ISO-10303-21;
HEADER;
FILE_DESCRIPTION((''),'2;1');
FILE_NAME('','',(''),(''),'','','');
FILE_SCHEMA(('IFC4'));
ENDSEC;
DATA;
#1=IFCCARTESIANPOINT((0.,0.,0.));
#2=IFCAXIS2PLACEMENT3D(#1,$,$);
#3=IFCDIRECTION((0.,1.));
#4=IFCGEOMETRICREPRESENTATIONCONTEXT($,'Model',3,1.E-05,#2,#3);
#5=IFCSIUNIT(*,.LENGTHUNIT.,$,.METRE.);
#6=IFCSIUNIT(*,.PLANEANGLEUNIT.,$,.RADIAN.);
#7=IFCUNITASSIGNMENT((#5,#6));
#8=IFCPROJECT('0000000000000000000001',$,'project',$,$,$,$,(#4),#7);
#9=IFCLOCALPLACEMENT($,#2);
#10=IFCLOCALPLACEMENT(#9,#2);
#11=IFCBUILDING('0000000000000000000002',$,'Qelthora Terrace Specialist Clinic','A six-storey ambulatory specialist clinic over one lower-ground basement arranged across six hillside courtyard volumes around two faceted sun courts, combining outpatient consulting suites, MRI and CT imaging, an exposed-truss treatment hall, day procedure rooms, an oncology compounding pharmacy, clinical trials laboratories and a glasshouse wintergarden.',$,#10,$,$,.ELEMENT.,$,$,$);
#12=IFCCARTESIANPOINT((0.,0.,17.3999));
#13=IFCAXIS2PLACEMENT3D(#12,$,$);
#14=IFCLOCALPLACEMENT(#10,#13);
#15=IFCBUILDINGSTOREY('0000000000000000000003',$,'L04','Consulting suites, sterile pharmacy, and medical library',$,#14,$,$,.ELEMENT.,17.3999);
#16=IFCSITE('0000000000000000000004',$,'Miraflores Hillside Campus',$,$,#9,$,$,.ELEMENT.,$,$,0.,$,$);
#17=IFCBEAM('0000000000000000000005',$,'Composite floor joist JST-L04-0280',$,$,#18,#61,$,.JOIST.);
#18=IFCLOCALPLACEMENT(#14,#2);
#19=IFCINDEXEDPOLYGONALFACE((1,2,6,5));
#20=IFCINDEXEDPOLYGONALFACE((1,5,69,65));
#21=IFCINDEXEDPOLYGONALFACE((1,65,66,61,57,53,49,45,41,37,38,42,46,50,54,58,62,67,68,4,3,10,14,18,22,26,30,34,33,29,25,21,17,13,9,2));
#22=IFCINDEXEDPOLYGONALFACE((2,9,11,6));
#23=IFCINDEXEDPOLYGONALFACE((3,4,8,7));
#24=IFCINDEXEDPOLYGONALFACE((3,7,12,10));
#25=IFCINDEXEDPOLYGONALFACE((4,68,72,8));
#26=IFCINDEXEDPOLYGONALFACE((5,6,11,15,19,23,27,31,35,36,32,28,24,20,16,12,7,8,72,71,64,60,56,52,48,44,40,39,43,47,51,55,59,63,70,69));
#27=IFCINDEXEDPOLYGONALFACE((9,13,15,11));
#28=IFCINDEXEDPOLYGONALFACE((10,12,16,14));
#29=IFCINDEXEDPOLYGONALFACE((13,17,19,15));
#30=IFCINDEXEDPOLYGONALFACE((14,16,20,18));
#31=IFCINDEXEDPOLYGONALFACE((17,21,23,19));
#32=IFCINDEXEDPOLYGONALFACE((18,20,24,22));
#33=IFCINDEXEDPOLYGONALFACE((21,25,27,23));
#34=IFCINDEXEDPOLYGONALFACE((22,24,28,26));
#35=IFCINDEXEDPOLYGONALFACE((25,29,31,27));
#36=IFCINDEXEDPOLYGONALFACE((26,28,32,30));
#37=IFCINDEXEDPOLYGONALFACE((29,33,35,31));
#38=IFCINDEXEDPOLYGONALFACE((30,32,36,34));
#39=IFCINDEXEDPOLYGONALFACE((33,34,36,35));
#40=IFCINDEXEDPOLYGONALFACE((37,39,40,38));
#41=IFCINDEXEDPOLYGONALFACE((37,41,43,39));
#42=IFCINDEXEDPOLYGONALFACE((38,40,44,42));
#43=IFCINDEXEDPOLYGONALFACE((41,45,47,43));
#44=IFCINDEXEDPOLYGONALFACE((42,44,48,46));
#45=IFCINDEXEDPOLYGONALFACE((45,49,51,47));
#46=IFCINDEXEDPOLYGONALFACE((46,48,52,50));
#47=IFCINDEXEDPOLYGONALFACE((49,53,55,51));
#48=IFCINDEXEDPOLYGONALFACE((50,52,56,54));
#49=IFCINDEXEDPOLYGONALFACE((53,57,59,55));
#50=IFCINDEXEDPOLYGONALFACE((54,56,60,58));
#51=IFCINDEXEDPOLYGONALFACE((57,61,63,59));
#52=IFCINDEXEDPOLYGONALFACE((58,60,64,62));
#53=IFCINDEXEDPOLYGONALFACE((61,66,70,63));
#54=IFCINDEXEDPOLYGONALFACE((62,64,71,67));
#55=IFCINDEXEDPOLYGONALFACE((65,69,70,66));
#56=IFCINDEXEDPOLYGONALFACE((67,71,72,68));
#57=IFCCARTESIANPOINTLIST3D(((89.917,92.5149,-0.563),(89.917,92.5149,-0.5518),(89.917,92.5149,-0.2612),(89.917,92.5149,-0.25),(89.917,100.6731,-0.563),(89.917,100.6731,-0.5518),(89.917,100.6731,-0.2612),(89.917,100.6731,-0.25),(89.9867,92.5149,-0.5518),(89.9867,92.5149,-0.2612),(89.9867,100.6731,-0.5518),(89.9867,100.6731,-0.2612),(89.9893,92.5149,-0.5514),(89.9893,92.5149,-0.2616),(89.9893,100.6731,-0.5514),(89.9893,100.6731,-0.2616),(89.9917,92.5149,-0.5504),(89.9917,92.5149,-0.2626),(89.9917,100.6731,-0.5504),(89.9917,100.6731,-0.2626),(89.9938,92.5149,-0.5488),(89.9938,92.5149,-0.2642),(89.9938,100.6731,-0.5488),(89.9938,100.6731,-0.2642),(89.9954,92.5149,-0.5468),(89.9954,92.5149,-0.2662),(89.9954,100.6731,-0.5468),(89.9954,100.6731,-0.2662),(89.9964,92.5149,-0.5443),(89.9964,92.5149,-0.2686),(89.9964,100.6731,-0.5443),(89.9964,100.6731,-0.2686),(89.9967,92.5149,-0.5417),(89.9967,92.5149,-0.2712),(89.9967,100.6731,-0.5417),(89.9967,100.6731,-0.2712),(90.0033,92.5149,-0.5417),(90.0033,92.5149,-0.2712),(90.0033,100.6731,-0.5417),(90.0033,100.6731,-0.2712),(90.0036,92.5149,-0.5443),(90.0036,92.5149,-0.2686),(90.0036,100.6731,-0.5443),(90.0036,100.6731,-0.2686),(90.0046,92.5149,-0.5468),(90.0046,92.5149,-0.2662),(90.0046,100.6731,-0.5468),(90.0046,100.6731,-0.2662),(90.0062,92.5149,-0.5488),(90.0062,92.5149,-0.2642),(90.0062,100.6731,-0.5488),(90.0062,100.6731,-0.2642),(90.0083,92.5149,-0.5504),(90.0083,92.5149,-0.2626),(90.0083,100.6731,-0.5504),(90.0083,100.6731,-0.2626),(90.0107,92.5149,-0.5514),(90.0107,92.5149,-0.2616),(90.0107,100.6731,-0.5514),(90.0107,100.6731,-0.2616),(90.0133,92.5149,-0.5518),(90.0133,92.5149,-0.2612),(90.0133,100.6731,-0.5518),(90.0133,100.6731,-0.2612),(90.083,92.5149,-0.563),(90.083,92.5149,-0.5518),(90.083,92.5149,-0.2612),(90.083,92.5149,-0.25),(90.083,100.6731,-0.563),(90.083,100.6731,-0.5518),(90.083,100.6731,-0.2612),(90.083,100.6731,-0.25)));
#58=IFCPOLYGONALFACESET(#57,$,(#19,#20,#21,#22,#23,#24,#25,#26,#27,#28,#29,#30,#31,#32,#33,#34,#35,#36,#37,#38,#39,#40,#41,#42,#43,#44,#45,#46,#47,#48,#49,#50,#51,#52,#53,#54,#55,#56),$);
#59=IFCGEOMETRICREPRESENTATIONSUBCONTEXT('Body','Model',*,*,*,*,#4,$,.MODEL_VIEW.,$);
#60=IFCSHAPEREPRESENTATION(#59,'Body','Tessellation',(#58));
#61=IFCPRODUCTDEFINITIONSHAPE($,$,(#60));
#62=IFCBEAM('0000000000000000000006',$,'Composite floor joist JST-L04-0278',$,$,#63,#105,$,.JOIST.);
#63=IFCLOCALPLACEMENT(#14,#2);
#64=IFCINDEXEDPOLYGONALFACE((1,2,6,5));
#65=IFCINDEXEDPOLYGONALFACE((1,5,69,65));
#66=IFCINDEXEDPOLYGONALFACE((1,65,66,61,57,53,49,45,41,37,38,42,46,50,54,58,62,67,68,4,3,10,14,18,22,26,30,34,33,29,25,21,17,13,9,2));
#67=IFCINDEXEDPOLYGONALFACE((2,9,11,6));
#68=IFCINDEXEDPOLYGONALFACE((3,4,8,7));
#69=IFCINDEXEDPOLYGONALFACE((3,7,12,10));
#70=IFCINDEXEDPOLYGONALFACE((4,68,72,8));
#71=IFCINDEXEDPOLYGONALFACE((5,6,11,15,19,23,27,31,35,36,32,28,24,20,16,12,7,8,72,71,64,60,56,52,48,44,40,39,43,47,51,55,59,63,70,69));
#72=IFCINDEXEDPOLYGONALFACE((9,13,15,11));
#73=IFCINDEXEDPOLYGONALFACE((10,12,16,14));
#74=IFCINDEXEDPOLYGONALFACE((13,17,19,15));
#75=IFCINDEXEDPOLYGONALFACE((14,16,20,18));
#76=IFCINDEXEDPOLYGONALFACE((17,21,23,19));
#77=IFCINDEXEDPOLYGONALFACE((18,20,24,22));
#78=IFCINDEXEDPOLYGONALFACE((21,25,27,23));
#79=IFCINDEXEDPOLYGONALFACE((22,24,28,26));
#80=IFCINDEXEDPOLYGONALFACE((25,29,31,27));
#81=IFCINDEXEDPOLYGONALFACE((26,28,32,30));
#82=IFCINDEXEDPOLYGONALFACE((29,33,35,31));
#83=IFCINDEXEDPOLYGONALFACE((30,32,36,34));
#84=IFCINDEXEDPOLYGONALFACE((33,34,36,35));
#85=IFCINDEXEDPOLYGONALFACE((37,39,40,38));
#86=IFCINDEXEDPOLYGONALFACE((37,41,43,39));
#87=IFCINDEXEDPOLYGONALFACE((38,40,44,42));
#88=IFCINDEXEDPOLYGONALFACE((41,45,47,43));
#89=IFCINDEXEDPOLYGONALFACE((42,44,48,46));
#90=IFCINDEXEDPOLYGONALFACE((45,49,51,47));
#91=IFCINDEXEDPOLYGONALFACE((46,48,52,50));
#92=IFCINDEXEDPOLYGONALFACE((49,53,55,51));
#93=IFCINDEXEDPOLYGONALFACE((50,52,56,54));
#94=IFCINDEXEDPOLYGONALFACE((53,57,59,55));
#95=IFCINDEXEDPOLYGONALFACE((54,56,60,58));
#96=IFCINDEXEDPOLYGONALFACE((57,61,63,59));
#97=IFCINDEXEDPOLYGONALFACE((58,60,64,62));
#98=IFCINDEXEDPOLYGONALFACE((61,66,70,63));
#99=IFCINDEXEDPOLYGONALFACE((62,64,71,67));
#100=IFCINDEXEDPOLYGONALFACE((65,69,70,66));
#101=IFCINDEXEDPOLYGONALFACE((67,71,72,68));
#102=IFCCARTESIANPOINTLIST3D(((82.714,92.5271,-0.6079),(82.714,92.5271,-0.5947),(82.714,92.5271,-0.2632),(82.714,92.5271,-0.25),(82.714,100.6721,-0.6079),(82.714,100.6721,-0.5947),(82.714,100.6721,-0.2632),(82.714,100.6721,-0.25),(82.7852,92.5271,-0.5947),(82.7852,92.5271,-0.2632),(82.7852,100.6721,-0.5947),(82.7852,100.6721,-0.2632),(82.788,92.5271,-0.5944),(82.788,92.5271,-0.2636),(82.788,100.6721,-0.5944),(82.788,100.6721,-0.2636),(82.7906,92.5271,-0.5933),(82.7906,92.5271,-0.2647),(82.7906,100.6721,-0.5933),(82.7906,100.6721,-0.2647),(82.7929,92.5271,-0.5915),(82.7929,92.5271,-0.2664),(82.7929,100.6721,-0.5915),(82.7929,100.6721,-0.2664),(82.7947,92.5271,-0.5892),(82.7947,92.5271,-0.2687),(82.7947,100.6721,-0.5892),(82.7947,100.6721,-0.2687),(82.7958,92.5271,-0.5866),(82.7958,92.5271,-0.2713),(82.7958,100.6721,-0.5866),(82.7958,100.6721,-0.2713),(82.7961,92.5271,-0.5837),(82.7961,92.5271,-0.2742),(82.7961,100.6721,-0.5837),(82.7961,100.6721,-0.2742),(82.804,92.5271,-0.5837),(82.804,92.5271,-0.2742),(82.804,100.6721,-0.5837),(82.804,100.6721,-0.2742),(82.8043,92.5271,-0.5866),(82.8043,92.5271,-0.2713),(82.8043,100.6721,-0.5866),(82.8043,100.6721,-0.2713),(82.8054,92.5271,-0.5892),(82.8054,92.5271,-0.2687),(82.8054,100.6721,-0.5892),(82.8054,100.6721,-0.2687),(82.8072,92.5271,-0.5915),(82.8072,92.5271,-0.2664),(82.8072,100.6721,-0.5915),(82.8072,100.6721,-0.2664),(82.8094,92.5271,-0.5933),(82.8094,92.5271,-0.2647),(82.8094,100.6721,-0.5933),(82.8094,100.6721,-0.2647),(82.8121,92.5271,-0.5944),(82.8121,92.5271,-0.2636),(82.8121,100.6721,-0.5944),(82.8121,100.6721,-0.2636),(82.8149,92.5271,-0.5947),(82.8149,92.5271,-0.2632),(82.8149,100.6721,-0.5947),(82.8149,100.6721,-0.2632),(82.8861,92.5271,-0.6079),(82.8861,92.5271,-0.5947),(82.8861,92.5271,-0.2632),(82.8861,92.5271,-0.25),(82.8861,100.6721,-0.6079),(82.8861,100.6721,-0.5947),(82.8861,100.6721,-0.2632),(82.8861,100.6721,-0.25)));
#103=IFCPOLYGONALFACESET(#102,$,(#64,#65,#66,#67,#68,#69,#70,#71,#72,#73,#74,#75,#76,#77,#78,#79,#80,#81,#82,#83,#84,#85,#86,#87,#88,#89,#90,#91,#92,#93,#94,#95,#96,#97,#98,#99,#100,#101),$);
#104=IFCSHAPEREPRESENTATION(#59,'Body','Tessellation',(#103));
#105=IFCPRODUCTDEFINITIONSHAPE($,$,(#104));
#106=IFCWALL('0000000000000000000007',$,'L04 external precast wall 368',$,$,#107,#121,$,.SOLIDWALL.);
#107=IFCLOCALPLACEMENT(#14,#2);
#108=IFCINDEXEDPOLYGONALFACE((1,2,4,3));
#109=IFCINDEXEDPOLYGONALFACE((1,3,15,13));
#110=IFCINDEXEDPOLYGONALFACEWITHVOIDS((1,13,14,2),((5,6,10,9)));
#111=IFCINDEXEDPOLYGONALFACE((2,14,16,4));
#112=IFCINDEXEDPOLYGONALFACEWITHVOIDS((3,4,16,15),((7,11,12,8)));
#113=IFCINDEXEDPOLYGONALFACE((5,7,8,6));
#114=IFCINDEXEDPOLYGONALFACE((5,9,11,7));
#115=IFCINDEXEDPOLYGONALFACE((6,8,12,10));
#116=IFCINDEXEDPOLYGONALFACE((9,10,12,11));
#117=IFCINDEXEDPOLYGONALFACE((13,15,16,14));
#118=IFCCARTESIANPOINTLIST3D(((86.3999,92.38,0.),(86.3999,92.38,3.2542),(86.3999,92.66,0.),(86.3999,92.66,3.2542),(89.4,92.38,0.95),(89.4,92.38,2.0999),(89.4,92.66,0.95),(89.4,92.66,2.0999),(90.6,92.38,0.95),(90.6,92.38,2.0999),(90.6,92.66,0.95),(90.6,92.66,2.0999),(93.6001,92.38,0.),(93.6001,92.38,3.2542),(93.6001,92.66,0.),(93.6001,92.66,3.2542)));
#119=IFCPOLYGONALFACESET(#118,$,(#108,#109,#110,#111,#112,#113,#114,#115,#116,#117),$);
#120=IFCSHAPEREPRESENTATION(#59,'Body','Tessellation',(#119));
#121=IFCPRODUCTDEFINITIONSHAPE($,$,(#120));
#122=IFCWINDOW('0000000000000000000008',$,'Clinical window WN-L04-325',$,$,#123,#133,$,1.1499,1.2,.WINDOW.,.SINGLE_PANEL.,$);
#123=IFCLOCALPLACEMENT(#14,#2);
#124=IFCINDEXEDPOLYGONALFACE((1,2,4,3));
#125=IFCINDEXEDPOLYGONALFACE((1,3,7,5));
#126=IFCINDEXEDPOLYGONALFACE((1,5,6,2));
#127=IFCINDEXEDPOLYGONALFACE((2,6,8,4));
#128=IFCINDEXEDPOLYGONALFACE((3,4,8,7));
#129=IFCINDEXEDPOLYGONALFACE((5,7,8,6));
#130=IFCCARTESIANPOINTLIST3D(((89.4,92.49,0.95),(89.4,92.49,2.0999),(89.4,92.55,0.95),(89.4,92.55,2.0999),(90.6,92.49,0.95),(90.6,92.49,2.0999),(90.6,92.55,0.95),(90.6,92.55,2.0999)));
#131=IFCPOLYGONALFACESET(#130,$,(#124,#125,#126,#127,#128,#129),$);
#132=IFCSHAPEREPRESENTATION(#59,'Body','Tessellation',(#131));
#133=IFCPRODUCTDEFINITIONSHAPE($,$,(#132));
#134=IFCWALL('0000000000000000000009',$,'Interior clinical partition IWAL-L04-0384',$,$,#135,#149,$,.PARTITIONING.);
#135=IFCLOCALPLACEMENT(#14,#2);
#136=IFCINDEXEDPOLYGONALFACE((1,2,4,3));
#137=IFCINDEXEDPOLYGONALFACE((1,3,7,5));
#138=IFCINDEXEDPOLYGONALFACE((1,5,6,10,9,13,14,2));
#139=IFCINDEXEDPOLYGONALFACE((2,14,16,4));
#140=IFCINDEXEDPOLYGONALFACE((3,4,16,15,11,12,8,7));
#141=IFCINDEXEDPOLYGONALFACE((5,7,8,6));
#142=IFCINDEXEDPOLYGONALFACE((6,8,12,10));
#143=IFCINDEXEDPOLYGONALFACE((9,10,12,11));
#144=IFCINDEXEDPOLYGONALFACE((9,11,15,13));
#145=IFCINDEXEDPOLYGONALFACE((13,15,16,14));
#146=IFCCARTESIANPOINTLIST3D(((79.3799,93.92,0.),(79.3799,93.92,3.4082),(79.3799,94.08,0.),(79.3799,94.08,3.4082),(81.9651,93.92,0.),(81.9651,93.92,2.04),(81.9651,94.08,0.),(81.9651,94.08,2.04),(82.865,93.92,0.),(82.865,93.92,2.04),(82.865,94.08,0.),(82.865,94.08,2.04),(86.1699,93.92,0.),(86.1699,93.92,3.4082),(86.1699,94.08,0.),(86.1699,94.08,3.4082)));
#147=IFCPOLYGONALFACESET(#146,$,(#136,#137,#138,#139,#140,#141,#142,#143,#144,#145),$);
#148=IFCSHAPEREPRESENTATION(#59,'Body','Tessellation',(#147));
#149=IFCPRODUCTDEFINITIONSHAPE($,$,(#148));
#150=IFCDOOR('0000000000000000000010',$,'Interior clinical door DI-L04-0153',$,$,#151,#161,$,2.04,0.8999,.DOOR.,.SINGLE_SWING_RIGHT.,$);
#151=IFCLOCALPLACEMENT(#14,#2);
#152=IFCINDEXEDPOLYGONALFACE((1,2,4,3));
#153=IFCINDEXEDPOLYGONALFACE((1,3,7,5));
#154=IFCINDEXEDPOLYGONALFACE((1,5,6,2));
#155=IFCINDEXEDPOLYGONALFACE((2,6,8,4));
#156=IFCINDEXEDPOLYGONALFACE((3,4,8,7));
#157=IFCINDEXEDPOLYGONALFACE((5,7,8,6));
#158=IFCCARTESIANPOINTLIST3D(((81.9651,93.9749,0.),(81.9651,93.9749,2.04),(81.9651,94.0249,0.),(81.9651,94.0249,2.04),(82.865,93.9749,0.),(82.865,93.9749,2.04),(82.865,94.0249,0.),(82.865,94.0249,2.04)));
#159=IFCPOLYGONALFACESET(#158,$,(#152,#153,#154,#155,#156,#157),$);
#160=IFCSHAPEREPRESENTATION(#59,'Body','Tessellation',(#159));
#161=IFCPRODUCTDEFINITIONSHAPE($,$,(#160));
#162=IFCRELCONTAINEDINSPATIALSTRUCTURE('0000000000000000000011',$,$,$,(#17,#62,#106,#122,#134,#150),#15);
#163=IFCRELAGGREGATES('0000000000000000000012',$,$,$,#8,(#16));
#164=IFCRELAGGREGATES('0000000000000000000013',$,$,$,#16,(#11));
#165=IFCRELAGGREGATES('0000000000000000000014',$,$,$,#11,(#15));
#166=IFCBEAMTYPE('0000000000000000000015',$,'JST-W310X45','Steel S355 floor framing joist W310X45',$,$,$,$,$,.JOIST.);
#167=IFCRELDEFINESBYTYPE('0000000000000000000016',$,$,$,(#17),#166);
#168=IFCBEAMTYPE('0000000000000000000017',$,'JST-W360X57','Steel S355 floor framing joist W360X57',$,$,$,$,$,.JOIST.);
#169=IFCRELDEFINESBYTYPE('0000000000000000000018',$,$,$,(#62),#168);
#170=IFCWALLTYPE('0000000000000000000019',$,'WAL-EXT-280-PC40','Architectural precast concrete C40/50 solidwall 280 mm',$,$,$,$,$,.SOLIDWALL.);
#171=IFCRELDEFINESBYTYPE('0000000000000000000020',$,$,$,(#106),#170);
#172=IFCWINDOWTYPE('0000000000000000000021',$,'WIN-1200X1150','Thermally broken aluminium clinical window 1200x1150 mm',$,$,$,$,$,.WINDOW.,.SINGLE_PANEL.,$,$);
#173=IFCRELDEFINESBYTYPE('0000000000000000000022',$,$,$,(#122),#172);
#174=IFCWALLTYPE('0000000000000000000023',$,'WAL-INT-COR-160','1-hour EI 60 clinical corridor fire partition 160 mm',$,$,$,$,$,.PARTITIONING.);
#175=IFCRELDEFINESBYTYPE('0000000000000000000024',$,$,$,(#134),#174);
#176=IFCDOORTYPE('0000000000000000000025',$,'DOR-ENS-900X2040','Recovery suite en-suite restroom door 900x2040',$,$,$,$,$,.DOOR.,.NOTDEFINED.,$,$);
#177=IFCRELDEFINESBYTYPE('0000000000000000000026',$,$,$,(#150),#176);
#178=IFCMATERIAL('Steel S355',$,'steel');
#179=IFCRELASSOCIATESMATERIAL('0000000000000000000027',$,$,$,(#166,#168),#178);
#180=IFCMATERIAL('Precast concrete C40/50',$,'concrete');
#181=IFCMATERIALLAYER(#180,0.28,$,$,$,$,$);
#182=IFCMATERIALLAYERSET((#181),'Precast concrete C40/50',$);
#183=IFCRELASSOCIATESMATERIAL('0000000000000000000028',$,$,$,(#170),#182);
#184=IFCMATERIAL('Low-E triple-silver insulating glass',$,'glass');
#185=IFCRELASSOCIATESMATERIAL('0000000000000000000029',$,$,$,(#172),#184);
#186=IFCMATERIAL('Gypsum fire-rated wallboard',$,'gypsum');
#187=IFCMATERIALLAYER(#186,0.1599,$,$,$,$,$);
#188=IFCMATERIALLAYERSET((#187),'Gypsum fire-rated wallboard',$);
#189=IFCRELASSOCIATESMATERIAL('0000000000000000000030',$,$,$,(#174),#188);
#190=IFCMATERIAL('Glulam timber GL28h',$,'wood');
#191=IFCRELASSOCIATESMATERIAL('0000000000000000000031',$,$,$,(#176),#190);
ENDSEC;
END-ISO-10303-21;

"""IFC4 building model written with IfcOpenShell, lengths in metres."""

from ifc_helpers import new_model, si_unit, direction, frame, frame_2d, origin, origin_2d, place, context, subcontext, project, spatial, rectangle, i_section, extrude, material, layer, layer_set, material_profile, profile_set, type_object, element, fill, save


model = new_model("IFC4")

# Units and contexts
model_context = context("Model", 3, precision=1e-05, world=origin(), true_north=direction((0.0, 1.0)))
body_context = subcontext(model_context, "Body", "Model", "MODEL_VIEW")
ifc_project = project(units=[si_unit("LENGTHUNIT", "METRE"), si_unit("PLANEANGLEUNIT", "RADIAN")], contexts=[model_context])

# Site, building, storey
site_placement = place(None, origin())
site = spatial("IfcSite", under=ifc_project, at=site_placement, Name="Miraflores Hillside Campus", CompositionType="ELEMENT", RefElevation=0.0)
building_placement = place(site_placement, origin())
building = spatial("IfcBuilding", under=site, at=building_placement, Name="Qelthora Terrace Specialist Clinic", Description="A six-storey ambulatory specialist clinic over one lower-ground basement arranged across six hillside courtyard volumes around two faceted sun courts, combining outpatient consulting suites, MRI and CT imaging, an exposed-truss treatment hall, day procedure rooms, an oncology compounding pharmacy, clinical trials laboratories and a glasshouse wintergarden.", CompositionType="ELEMENT")
storey_placement = place(building_placement, frame((0.0, 0.0, 17.3999)))
storey = spatial("IfcBuildingStorey", under=building, at=storey_placement, Name="L04", Description="Consulting suites, sterile pharmacy, and medical library", CompositionType="ELEMENT", Elevation=17.3999)

# Shared definitions
ifc_material_1 = material(Name="Steel S355", Category="steel")

# Beams
ifc_material_profile_1 = material_profile(ifc_material_1, i_section(OverallWidth=0.166, OverallDepth=0.313, WebThickness=0.0066, FlangeThickness=0.0112, FilletRadius=0.01, at=origin_2d()), Name="W310X45")
ifc_profile_set_1 = profile_set([ifc_material_profile_1], Name="Steel S355")
beam_type_1 = type_object("IfcBeamType", Name="JST-W310X45", Description="Steel S355 floor framing joist W310X45", PredefinedType="JOIST", material=ifc_profile_set_1)
beam_1_placement = place(storey_placement, frame((90.0, 92.5149, -0.4065), z_axis=(0.0, 1.0, 0.0), x_axis=(-1.0, 0.0, 0.0)))
element("IfcBeam", 1, at=beam_1_placement, inside=storey, type_object=beam_type_1, Name="Composite floor joist JST-L04-0280", PredefinedType="JOIST", context=body_context, shape_type="SweptSolid", body=[
    extrude(i_section(OverallWidth=0.166, OverallDepth=0.313, WebThickness=0.0066, FlangeThickness=0.0112, FilletRadius=0.01, at=origin_2d()), origin(), (0.0, 0.0, 1.0), 8.1582),
])
ifc_material_profile_2 = material_profile(ifc_material_1, i_section(OverallWidth=0.1721, OverallDepth=0.3579, WebThickness=0.0078, FlangeThickness=0.0132, FilletRadius=0.011, at=origin_2d()), Name="W360X57")
ifc_profile_set_2 = profile_set([ifc_material_profile_2], Name="Steel S355")
beam_type_2 = type_object("IfcBeamType", Name="JST-W360X57", Description="Steel S355 floor framing joist W360X57", PredefinedType="JOIST", material=ifc_profile_set_2)
beam_2_placement = place(storey_placement, frame((82.8, 92.5271, -0.429), z_axis=(0.0, 1.0, 0.0), x_axis=(-1.0, 0.0, 0.0)))
element("IfcBeam", 2, at=beam_2_placement, inside=storey, type_object=beam_type_2, Name="Composite floor joist JST-L04-0278", PredefinedType="JOIST", context=body_context, shape_type="SweptSolid", body=[
    extrude(i_section(OverallWidth=0.1721, OverallDepth=0.3579, WebThickness=0.0078, FlangeThickness=0.0132, FilletRadius=0.011, at=origin_2d()), origin(), (0.0, 0.0, 1.0), 8.145),
])

# Wall, opening, window
ifc_material_2 = material(Name="Precast concrete C40/50", Category="concrete")
ifc_layer_1 = layer(ifc_material_2, 0.28)
ifc_layer_set_1 = layer_set([ifc_layer_1], Name="Precast concrete C40/50")
wall_type_1 = type_object("IfcWallType", Name="WAL-EXT-280-PC40", Description="Architectural precast concrete C40/50 solidwall 280 mm", PredefinedType="SOLIDWALL", material=ifc_layer_set_1)
wall_1_placement = place(storey_placement, frame((86.3999, 92.52, 0.0), z_axis=(0.0, 0.0, 1.0), x_axis=(1.0, 0.0, 0.0)))
wall_1 = element("IfcWall", 3, at=wall_1_placement, inside=storey, type_object=wall_type_1, Name="L04 external precast wall 368", PredefinedType="SOLIDWALL", context=body_context, shape_type="SweptSolid", body=[
    extrude(rectangle(XDim=7.2002, YDim=0.28, at=frame_2d((3.6001, 0.0))), origin(), (0.0, 0.0, 1.0), 3.2542),
])
opening_1_placement = place(wall_1_placement, frame((3.0, 0.0, 0.95)))
opening_1 = element("IfcOpeningElement", 4, at=opening_1_placement, cuts=wall_1, PredefinedType="OPENING", context=body_context, shape_type="SweptSolid", body=[
    extrude(rectangle(XDim=1.2, YDim=1.1499, at=frame_2d((0.6001, 0.575))), frame((0.0, 0.1499, 0.0), z_axis=(0.0, -1.0, 0.0), x_axis=(1.0, 0.0, 0.0)), (0.0, 0.0, 1.0), 0.3),
])
ifc_material_3 = material(Name="Low-E triple-silver insulating glass", Category="glass")
window_type = type_object("IfcWindowType", Name="WIN-1200X1150", Description="Thermally broken aluminium clinical window 1200x1150 mm", PartitioningType="SINGLE_PANEL", PredefinedType="WINDOW", material=ifc_material_3)
window_placement = place(opening_1_placement, origin())
window = element("IfcWindow", 5, at=window_placement, inside=storey, type_object=window_type, Name="Clinical window WN-L04-325", OverallHeight=1.1499, OverallWidth=1.2, PartitioningType="SINGLE_PANEL", PredefinedType="WINDOW", context=body_context, shape_type="SweptSolid", body=[
    extrude(rectangle(XDim=1.2, YDim=1.1499, at=frame_2d((0.6001, 0.575))), frame((0.0, 0.03, 0.0), z_axis=(0.0, -1.0, 0.0), x_axis=(1.0, 0.0, 0.0)), (0.0, 0.0, 1.0), 0.0601),
])
fill(opening_1, window)

# Wall, opening, door
ifc_material_4 = material(Name="Gypsum fire-rated wallboard", Category="gypsum")
ifc_layer_2 = layer(ifc_material_4, 0.1599)
ifc_layer_set_2 = layer_set([ifc_layer_2], Name="Gypsum fire-rated wallboard")
wall_type_2 = type_object("IfcWallType", Name="WAL-INT-COR-160", Description="1-hour EI 60 clinical corridor fire partition 160 mm", PredefinedType="PARTITIONING", material=ifc_layer_set_2)
wall_2_placement = place(storey_placement, frame((86.1699, 94.0, 0.0), z_axis=(0.0, 0.0, 1.0), x_axis=(-1.0, 0.0, 0.0)))
wall_2 = element("IfcWall", 6, at=wall_2_placement, inside=storey, type_object=wall_type_2, Name="Interior clinical partition IWAL-L04-0384", PredefinedType="PARTITIONING", context=body_context, shape_type="SweptSolid", body=[
    extrude(rectangle(XDim=6.79, YDim=0.1599, at=frame_2d((3.395, 0.0))), origin(), (0.0, 0.0, 1.0), 3.4082),
])
opening_2_placement = place(wall_2_placement, frame((3.3049, 0.0, 0.0)))
opening_2 = element("IfcOpeningElement", 7, at=opening_2_placement, cuts=wall_2, PredefinedType="OPENING", context=body_context, shape_type="SweptSolid", body=[
    extrude(rectangle(XDim=0.8999, YDim=2.04, at=frame_2d((0.45, 1.02))), frame((0.0, 0.0898, 0.0), z_axis=(0.0, -1.0, 0.0), x_axis=(1.0, 0.0, 0.0)), (0.0, 0.0, 1.0), 0.1799),
])
ifc_material_5 = material(Name="Glulam timber GL28h", Category="wood")
door_type_1 = type_object("IfcDoorType", Name="DOR-ENS-900X2040", Description="Recovery suite en-suite restroom door 900x2040", OperationType="NOTDEFINED", PredefinedType="DOOR", material=ifc_material_5)
door_1_placement = place(opening_2_placement, frame((0.8999, 0.0, 0.0), z_axis=(0.0, 0.0, 1.0), x_axis=(-1.0, 0.0, 0.0)))
door_1 = element("IfcDoor", 8, at=door_1_placement, inside=storey, type_object=door_type_1, Name="Interior clinical door DI-L04-0153", OperationType="SINGLE_SWING_RIGHT", OverallHeight=2.04, OverallWidth=0.8999, PredefinedType="DOOR", context=body_context, shape_type="SweptSolid", body=[
    extrude(rectangle(XDim=0.8999, YDim=2.04, at=frame_2d((0.45, 1.02))), frame((0.0, 0.0249, 0.0), z_axis=(0.0, -1.0, 0.0), x_axis=(1.0, 0.0, 0.0)), (0.0, 0.0, 1.0), 0.05),
])
fill(opening_2, door_1)

save(model, "model.ifc")
